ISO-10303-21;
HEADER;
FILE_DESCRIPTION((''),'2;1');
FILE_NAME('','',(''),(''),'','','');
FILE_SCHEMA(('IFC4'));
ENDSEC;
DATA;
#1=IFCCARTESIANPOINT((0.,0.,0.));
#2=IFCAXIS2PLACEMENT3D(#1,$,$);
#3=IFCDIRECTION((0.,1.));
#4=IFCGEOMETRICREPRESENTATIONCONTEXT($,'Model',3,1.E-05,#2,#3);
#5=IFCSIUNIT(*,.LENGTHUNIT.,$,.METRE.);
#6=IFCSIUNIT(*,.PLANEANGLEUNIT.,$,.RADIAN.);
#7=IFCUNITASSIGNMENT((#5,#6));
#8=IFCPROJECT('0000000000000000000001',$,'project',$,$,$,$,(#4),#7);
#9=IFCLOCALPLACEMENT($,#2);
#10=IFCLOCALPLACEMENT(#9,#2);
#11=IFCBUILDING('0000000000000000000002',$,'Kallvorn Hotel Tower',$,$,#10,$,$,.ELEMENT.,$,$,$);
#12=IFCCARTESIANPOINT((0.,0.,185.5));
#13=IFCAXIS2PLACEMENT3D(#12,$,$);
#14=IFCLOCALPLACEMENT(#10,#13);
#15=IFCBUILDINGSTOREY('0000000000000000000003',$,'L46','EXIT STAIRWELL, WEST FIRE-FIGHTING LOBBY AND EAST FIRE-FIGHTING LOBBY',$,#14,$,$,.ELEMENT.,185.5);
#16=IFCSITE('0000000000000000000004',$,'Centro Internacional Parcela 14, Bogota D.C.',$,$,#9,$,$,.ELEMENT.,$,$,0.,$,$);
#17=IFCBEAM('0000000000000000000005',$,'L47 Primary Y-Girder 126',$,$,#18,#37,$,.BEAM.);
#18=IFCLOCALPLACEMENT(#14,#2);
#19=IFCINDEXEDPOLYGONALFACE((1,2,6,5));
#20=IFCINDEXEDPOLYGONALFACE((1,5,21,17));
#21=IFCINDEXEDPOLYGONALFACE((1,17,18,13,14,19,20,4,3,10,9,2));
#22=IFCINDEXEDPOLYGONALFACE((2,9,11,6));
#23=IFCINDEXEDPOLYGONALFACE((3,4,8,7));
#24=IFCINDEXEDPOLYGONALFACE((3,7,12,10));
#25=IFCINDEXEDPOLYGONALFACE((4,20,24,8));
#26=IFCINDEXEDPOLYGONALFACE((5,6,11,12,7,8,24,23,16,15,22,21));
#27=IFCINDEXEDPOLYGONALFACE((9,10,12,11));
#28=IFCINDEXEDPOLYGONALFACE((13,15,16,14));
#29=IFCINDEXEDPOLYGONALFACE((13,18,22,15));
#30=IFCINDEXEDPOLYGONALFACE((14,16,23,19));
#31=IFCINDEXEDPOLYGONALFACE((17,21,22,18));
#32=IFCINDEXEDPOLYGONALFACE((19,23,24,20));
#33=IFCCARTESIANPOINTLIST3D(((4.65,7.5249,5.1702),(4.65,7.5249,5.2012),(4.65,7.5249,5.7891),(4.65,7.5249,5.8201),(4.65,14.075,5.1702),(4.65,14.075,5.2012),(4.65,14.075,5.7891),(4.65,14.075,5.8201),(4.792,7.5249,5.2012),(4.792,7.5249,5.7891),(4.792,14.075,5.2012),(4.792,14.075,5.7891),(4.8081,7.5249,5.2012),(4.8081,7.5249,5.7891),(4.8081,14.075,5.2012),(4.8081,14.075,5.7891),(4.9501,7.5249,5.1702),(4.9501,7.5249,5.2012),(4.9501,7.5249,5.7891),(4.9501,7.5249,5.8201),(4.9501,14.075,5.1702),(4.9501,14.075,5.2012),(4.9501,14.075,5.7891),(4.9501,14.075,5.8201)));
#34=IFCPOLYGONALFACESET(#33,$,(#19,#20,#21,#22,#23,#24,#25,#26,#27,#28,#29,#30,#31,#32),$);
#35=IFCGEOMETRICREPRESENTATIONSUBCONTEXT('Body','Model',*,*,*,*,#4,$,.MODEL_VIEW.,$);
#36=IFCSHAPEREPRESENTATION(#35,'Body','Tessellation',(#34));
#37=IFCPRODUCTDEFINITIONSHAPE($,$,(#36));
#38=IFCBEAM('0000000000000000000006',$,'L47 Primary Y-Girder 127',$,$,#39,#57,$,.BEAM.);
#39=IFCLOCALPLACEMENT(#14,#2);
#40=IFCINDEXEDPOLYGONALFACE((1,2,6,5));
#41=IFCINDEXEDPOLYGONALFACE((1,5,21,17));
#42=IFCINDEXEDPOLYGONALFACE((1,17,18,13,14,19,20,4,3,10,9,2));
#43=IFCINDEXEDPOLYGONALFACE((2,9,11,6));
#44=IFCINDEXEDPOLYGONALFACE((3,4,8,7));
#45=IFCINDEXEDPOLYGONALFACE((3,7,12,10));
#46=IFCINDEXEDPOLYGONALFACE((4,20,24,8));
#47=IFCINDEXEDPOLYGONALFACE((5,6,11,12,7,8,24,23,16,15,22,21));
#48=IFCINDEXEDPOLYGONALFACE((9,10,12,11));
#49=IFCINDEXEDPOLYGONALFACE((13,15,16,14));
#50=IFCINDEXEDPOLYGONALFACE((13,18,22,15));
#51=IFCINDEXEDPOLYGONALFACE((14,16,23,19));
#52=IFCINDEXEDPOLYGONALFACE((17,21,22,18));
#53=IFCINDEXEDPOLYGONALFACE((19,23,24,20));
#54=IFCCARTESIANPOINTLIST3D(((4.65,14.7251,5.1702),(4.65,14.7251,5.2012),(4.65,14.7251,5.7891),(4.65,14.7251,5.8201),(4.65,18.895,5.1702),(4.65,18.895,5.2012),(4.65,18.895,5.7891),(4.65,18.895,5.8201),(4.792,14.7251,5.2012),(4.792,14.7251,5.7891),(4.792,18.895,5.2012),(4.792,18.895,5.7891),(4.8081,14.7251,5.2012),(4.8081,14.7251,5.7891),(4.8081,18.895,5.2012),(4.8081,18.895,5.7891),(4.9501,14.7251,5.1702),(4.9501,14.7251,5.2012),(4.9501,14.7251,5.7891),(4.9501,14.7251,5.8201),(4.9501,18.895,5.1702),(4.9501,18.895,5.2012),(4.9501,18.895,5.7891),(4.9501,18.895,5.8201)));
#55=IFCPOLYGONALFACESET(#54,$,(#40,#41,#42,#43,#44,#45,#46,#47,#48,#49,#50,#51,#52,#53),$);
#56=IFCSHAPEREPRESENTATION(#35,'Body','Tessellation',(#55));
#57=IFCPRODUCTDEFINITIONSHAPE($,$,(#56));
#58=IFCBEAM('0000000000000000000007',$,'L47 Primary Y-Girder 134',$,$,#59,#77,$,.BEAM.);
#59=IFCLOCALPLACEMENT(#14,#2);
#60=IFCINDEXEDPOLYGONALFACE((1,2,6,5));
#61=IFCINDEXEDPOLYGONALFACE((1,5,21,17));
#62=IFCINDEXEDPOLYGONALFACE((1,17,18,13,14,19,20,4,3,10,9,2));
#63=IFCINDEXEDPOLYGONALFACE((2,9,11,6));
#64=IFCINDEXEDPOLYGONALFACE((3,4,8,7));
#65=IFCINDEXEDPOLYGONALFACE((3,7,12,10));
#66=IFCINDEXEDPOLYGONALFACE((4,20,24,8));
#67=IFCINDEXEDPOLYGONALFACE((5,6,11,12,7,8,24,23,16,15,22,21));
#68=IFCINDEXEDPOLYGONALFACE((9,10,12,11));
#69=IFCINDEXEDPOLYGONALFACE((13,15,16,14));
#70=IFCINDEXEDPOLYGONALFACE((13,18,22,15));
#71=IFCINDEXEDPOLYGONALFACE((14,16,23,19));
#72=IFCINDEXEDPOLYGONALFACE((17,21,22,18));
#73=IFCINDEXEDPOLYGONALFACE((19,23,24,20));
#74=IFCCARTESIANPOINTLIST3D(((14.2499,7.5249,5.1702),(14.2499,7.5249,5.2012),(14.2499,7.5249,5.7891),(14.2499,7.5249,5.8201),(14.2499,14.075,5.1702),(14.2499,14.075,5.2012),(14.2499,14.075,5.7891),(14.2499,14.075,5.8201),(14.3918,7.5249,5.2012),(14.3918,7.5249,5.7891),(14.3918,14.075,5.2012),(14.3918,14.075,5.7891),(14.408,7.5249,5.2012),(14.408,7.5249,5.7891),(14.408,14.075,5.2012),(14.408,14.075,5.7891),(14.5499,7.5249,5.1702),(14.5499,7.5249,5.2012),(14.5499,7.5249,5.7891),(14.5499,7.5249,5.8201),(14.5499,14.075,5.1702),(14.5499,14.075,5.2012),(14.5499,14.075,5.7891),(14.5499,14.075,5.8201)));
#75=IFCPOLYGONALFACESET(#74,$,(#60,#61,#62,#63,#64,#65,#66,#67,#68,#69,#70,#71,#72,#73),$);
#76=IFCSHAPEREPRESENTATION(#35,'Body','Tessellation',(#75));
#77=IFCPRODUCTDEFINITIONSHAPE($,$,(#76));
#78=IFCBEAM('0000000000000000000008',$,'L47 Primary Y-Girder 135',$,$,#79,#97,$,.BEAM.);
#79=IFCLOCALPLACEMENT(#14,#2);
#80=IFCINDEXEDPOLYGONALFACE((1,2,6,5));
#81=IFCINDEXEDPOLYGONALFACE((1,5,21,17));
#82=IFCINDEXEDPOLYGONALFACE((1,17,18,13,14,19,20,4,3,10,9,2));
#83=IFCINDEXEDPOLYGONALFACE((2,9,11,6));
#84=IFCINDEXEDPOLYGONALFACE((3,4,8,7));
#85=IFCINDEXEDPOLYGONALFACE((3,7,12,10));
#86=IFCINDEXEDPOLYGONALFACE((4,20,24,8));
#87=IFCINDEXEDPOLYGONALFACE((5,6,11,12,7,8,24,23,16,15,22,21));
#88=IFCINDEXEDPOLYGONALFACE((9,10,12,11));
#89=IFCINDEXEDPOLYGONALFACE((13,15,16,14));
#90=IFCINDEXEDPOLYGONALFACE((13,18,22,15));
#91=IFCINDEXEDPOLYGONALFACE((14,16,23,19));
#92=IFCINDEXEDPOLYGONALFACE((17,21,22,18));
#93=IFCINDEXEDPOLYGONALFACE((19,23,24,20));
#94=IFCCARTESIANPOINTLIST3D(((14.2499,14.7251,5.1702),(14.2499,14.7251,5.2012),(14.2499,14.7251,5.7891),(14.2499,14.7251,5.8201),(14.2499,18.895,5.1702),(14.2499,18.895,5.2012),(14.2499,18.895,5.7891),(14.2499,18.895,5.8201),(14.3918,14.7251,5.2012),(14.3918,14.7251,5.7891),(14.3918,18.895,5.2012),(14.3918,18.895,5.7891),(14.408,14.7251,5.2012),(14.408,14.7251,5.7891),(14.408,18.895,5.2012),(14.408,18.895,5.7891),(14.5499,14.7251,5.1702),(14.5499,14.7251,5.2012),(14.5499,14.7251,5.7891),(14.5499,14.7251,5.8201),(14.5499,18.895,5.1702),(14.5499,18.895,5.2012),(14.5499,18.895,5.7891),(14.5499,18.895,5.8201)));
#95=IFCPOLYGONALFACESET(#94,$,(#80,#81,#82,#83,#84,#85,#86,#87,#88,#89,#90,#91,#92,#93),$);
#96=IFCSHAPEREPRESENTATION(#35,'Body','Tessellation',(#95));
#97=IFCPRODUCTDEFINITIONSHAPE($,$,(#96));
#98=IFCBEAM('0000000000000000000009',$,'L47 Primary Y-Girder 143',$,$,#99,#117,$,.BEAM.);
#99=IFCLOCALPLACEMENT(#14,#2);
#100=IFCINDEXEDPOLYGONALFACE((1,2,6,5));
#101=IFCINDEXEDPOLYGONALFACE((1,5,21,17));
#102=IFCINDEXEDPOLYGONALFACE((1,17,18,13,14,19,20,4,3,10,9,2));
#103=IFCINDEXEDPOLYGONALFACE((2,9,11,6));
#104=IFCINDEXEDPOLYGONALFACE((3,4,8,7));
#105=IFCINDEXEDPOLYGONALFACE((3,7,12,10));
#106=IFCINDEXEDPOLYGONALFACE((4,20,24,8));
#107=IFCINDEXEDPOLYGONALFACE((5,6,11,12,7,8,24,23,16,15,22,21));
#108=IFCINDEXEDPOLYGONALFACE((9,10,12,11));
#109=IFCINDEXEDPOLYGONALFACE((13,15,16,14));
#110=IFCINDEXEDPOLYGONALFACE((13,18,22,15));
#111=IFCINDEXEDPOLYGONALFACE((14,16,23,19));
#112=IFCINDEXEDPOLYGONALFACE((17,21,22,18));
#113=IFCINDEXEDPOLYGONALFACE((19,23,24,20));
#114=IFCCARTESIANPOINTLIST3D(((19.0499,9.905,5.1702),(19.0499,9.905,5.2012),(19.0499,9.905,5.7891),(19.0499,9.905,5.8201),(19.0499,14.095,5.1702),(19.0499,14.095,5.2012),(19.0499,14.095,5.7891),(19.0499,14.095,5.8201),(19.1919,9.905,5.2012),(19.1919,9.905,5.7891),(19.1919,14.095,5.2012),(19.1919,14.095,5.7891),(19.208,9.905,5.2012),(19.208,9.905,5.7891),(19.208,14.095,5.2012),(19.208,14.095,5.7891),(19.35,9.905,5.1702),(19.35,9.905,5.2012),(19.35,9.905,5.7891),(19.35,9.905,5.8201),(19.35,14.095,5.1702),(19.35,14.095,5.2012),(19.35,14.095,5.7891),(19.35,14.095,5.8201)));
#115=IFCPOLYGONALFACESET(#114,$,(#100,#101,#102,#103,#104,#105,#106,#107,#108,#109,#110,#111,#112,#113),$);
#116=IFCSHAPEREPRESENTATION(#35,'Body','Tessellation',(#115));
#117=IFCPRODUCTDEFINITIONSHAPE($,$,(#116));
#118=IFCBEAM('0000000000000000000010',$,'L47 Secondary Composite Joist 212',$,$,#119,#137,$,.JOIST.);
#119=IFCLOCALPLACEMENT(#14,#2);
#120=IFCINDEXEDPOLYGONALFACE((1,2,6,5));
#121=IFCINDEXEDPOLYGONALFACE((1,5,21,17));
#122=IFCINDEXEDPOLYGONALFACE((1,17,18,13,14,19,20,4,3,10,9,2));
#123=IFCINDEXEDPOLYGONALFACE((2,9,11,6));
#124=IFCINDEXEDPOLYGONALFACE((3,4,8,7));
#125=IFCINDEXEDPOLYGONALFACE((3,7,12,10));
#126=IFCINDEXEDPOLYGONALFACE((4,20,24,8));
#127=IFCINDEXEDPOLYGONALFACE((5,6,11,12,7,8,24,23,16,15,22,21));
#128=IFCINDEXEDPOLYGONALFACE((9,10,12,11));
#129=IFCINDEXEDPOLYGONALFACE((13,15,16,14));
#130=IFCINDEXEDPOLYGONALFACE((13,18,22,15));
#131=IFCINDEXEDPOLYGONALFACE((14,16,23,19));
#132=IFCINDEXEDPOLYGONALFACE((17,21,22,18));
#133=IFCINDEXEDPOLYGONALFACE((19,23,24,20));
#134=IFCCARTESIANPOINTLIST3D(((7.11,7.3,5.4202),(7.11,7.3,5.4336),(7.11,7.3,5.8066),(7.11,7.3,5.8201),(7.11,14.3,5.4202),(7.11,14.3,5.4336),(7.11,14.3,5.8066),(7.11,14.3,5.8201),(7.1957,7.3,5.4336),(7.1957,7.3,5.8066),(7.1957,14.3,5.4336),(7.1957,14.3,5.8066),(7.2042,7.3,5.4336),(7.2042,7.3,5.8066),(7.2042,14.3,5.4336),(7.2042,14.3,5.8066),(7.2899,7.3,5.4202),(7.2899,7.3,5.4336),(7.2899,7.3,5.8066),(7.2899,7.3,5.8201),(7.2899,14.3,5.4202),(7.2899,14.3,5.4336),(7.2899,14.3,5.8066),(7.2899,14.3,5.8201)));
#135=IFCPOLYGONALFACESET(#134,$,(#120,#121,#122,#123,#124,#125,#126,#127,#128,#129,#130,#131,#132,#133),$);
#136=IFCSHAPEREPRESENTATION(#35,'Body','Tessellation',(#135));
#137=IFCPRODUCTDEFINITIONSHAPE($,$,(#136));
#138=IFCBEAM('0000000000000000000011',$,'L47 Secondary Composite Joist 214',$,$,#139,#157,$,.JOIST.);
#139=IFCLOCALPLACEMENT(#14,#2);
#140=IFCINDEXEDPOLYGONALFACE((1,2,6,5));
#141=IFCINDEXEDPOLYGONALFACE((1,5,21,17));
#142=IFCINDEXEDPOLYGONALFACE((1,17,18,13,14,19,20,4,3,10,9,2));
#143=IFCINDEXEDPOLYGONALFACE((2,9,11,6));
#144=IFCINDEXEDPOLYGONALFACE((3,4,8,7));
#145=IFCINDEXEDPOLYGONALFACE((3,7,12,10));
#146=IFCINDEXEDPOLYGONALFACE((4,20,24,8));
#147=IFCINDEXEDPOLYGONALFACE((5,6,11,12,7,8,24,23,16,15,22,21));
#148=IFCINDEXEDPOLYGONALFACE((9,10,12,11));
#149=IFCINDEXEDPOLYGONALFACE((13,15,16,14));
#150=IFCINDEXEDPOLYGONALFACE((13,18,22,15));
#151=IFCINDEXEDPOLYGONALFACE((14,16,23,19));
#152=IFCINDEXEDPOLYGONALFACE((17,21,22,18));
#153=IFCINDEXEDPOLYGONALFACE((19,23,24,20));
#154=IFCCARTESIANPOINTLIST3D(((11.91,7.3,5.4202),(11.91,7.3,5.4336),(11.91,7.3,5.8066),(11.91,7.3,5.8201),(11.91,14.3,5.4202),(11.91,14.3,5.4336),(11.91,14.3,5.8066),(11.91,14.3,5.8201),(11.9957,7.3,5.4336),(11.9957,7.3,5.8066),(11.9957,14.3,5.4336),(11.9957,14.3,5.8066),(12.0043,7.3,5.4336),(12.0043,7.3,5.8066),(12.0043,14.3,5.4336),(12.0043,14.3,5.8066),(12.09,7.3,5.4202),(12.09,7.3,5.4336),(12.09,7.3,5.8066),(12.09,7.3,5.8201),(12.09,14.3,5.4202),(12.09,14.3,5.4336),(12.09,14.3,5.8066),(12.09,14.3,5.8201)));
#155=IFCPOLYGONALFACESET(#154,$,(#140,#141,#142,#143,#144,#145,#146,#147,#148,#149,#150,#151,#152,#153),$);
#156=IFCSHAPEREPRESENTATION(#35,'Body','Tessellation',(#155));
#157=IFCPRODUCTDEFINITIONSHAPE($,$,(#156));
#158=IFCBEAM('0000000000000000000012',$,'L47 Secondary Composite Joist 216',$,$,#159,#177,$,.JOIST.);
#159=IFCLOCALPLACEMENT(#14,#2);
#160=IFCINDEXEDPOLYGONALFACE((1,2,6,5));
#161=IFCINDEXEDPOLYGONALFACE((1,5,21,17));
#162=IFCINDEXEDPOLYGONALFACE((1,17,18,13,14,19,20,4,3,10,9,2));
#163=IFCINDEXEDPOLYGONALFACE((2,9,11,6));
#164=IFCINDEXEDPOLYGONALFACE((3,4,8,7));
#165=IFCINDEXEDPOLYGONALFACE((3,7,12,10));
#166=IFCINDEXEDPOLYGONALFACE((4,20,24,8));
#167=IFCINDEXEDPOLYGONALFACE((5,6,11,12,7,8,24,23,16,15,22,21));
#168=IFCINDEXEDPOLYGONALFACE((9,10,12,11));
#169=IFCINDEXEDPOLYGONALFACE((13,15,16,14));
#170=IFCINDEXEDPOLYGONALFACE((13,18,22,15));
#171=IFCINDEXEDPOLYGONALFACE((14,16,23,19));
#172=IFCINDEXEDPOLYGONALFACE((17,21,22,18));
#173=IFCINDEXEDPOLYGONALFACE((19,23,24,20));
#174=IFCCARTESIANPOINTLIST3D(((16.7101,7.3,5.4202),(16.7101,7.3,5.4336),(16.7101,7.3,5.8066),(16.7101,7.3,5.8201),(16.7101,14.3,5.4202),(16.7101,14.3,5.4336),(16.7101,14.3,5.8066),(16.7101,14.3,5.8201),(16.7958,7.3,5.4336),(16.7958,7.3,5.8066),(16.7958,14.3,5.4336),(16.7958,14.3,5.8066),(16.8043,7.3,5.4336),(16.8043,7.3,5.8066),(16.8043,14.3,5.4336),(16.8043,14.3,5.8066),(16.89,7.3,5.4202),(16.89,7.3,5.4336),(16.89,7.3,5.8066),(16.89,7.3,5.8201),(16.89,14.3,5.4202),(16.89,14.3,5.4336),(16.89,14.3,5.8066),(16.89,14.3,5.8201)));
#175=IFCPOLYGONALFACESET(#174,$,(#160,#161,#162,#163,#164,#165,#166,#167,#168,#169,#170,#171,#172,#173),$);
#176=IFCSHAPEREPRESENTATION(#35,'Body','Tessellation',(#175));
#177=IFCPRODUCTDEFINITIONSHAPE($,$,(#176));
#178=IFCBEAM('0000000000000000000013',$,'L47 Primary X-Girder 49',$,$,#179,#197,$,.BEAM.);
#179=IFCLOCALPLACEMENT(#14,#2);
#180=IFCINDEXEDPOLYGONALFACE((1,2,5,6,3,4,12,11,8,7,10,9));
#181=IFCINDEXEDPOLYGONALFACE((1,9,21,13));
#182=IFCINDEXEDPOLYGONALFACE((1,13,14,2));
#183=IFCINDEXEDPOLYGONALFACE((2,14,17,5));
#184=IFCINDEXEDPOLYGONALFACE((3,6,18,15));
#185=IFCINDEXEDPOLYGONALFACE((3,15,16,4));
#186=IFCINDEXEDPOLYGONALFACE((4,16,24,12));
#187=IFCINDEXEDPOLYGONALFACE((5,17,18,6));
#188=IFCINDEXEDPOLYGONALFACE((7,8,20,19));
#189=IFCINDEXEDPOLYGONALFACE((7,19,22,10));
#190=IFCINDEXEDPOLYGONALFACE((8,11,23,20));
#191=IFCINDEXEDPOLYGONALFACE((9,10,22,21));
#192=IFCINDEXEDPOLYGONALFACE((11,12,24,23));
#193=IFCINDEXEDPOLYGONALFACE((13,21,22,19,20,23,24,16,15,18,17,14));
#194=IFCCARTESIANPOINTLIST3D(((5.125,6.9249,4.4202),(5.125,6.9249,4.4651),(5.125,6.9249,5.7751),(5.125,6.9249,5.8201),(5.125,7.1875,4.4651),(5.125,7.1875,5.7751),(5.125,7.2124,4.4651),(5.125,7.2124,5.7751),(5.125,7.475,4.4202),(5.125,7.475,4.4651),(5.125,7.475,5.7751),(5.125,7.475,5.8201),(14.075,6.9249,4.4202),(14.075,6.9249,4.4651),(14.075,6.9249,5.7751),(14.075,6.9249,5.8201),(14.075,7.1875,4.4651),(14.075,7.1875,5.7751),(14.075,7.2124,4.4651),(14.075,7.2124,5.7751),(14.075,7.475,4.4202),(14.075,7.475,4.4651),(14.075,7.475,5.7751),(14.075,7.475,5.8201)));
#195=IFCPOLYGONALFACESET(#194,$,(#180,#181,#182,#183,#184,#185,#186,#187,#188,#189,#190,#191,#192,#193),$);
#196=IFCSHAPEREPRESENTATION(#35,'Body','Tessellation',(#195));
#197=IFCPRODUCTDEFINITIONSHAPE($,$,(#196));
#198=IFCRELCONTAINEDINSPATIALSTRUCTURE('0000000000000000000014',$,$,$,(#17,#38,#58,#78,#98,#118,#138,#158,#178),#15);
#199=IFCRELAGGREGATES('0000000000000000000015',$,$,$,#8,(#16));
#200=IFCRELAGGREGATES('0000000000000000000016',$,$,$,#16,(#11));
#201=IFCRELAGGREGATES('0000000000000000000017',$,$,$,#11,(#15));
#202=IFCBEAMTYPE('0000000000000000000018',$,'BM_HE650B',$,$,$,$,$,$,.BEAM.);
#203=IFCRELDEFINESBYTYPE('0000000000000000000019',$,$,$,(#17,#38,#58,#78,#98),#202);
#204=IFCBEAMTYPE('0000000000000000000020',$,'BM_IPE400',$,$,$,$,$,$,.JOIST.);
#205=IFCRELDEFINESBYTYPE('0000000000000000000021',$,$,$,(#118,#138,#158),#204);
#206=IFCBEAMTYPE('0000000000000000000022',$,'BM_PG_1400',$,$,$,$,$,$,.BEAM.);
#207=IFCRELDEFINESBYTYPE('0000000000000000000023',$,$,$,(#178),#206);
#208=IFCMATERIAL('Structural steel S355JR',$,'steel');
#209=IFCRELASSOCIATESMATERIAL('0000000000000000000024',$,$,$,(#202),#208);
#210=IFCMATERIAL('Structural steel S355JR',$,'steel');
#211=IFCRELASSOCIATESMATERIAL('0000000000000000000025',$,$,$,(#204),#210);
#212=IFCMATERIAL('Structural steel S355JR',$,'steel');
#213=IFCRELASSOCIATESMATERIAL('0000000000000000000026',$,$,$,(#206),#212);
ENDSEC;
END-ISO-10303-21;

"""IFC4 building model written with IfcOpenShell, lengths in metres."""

from ifc_helpers import new_model, si_unit, direction, frame, origin, origin_2d, place, context, subcontext, project, spatial, i_section, extrude, material, material_profile, profile_set, type_object, element, save


model = new_model("IFC4")

# Units and contexts
model_context = context("Model", 3, precision=1e-05, world=origin(), true_north=direction((0.0, 1.0)))
body_context = subcontext(model_context, "Body", "Model", "MODEL_VIEW")
ifc_project = project(units=[si_unit("LENGTHUNIT", "METRE"), si_unit("PLANEANGLEUNIT", "RADIAN")], contexts=[model_context])

# Site, building, storey
site_placement = place(None, origin())
site = spatial("IfcSite", under=ifc_project, at=site_placement, Name="Centro Internacional Parcela 14, Bogota D.C.", CompositionType="ELEMENT", RefElevation=0.0)
building_placement = place(site_placement, origin())
building = spatial("IfcBuilding", under=site, at=building_placement, Name="Kallvorn Hotel Tower", CompositionType="ELEMENT")
storey_placement = place(building_placement, frame((0.0, 0.0, 185.5)))
storey = spatial("IfcBuildingStorey", under=building, at=storey_placement, Name="L46", Description="EXIT STAIRWELL, WEST FIRE-FIGHTING LOBBY AND EAST FIRE-FIGHTING LOBBY", CompositionType="ELEMENT", Elevation=185.5)

# Beams
ifc_material_1 = material(Name="Structural steel S355JR", Category="steel")
ifc_material_profile_1 = material_profile(ifc_material_1, i_section(OverallWidth=0.3, OverallDepth=0.6499, WebThickness=0.0161, FlangeThickness=0.031, at=origin_2d()), Name="HE 650 B")
ifc_profile_set_1 = profile_set([ifc_material_profile_1], Name="Structural steel S355JR")
beam_type_1 = type_object("IfcBeamType", Name="BM_HE650B", PredefinedType="BEAM", material=ifc_profile_set_1)
beam_1_placement = place(storey_placement, frame((4.8, 7.5249, 5.4951), z_axis=(0.0, 1.0, 0.0), x_axis=(-1.0, 0.0, 0.0)))
element("IfcBeam", 1, at=beam_1_placement, inside=storey, type_object=beam_type_1, Name="L47 Primary Y-Girder 126", PredefinedType="BEAM", context=body_context, shape_type="SweptSolid", body=[
    extrude(i_section(OverallWidth=0.3, OverallDepth=0.6499, WebThickness=0.0161, FlangeThickness=0.031, at=origin_2d()), origin(), (0.0, 0.0, 1.0), 6.55),
])
beam_2_placement = place(storey_placement, frame((4.8, 14.7251, 5.4951), z_axis=(0.0, 1.0, 0.0), x_axis=(-1.0, 0.0, 0.0)))
element("IfcBeam", 2, at=beam_2_placement, inside=storey, type_object=beam_type_1, Name="L47 Primary Y-Girder 127", PredefinedType="BEAM", context=body_context, shape_type="SweptSolid", body=[
    extrude(i_section(OverallWidth=0.3, OverallDepth=0.6499, WebThickness=0.0161, FlangeThickness=0.031, at=origin_2d()), origin(), (0.0, 0.0, 1.0), 4.1699),
])
beam_3_placement = place(storey_placement, frame((14.3999, 7.5249, 5.4951), z_axis=(0.0, 1.0, 0.0), x_axis=(-1.0, 0.0, 0.0)))
element("IfcBeam", 3, at=beam_3_placement, inside=storey, type_object=beam_type_1, Name="L47 Primary Y-Girder 134", PredefinedType="BEAM", context=body_context, shape_type="SweptSolid", body=[
    extrude(i_section(OverallWidth=0.3, OverallDepth=0.6499, WebThickness=0.0161, FlangeThickness=0.031, at=origin_2d()), origin(), (0.0, 0.0, 1.0), 6.55),
])
beam_4_placement = place(storey_placement, frame((14.3999, 14.7251, 5.4951), z_axis=(0.0, 1.0, 0.0), x_axis=(-1.0, 0.0, 0.0)))
element("IfcBeam", 4, at=beam_4_placement, inside=storey, type_object=beam_type_1, Name="L47 Primary Y-Girder 135", PredefinedType="BEAM", context=body_context, shape_type="SweptSolid", body=[
    extrude(i_section(OverallWidth=0.3, OverallDepth=0.6499, WebThickness=0.0161, FlangeThickness=0.031, at=origin_2d()), origin(), (0.0, 0.0, 1.0), 4.1699),
])
beam_5_placement = place(storey_placement, frame((19.2, 9.905, 5.4951), z_axis=(0.0, 1.0, 0.0), x_axis=(-1.0, 0.0, 0.0)))
element("IfcBeam", 5, at=beam_5_placement, inside=storey, type_object=beam_type_1, Name="L47 Primary Y-Girder 143", PredefinedType="BEAM", context=body_context, shape_type="SweptSolid", body=[
    extrude(i_section(OverallWidth=0.3, OverallDepth=0.6499, WebThickness=0.0161, FlangeThickness=0.031, at=origin_2d()), origin(), (0.0, 0.0, 1.0), 4.1899),
])
ifc_material_2 = material(Name="Structural steel S355JR", Category="steel")
ifc_material_profile_2 = material_profile(ifc_material_2, i_section(OverallWidth=0.1799, OverallDepth=0.3999, WebThickness=0.0085, FlangeThickness=0.0134, at=origin_2d()), Name="IPE 400")
ifc_profile_set_2 = profile_set([ifc_material_profile_2], Name="Structural steel S355JR")
beam_type_2 = type_object("IfcBeamType", Name="BM_IPE400", PredefinedType="JOIST", material=ifc_profile_set_2)
for number, where, z_axis, x_axis, name in (
    (6, (7.2, 7.3, 5.6201), (0.0, 1.0, 0.0), (-1.0, 0.0, 0.0), "L47 Secondary Composite Joist 212"),
    (7, (12.0, 7.3, 5.6201), (0.0, 1.0, 0.0), (-1.0, 0.0, 0.0), "L47 Secondary Composite Joist 214"),
    (8, (16.8, 7.3, 5.6201), (0.0, 1.0, 0.0), (-1.0, 0.0, 0.0), "L47 Secondary Composite Joist 216"),
):
    element("IfcBeam", number, at=place(storey_placement, frame(where, z_axis=z_axis, x_axis=x_axis)), inside=storey, type_object=beam_type_2, Name=name, PredefinedType="JOIST", context=body_context, shape_type="SweptSolid", body=[
        extrude(i_section(OverallWidth=0.1799, OverallDepth=0.3999, WebThickness=0.0085, FlangeThickness=0.0134, at=origin_2d()), origin(), (0.0, 0.0, 1.0), 7.0),
    ])
ifc_material_3 = material(Name="Structural steel S355JR", Category="steel")
ifc_material_profile_3 = material_profile(ifc_material_3, i_section(OverallWidth=0.55, OverallDepth=1.3999, WebThickness=0.0249, FlangeThickness=0.0449, at=origin_2d()), Name="PG 1400x550x25x45")
ifc_profile_set_3 = profile_set([ifc_material_profile_3], Name="Structural steel S355JR")
beam_type_3 = type_object("IfcBeamType", Name="BM_PG_1400", PredefinedType="BEAM", material=ifc_profile_set_3)
for number, where, z_axis, x_axis, name in (
    (9, (5.125, 7.2, 5.1201), (1.0, 0.0, 0.0), (0.0, 1.0, 0.0), "L47 Primary X-Girder 49"),
):
    element("IfcBeam", number, at=place(storey_placement, frame(where, z_axis=z_axis, x_axis=x_axis)), inside=storey, type_object=beam_type_3, Name=name, PredefinedType="BEAM", context=body_context, shape_type="SweptSolid", body=[
        extrude(i_section(OverallWidth=0.55, OverallDepth=1.3999, WebThickness=0.0249, FlangeThickness=0.0449, at=origin_2d()), origin(), (0.0, 0.0, 1.0), 8.95),
    ])

save(model, "model.ifc")
